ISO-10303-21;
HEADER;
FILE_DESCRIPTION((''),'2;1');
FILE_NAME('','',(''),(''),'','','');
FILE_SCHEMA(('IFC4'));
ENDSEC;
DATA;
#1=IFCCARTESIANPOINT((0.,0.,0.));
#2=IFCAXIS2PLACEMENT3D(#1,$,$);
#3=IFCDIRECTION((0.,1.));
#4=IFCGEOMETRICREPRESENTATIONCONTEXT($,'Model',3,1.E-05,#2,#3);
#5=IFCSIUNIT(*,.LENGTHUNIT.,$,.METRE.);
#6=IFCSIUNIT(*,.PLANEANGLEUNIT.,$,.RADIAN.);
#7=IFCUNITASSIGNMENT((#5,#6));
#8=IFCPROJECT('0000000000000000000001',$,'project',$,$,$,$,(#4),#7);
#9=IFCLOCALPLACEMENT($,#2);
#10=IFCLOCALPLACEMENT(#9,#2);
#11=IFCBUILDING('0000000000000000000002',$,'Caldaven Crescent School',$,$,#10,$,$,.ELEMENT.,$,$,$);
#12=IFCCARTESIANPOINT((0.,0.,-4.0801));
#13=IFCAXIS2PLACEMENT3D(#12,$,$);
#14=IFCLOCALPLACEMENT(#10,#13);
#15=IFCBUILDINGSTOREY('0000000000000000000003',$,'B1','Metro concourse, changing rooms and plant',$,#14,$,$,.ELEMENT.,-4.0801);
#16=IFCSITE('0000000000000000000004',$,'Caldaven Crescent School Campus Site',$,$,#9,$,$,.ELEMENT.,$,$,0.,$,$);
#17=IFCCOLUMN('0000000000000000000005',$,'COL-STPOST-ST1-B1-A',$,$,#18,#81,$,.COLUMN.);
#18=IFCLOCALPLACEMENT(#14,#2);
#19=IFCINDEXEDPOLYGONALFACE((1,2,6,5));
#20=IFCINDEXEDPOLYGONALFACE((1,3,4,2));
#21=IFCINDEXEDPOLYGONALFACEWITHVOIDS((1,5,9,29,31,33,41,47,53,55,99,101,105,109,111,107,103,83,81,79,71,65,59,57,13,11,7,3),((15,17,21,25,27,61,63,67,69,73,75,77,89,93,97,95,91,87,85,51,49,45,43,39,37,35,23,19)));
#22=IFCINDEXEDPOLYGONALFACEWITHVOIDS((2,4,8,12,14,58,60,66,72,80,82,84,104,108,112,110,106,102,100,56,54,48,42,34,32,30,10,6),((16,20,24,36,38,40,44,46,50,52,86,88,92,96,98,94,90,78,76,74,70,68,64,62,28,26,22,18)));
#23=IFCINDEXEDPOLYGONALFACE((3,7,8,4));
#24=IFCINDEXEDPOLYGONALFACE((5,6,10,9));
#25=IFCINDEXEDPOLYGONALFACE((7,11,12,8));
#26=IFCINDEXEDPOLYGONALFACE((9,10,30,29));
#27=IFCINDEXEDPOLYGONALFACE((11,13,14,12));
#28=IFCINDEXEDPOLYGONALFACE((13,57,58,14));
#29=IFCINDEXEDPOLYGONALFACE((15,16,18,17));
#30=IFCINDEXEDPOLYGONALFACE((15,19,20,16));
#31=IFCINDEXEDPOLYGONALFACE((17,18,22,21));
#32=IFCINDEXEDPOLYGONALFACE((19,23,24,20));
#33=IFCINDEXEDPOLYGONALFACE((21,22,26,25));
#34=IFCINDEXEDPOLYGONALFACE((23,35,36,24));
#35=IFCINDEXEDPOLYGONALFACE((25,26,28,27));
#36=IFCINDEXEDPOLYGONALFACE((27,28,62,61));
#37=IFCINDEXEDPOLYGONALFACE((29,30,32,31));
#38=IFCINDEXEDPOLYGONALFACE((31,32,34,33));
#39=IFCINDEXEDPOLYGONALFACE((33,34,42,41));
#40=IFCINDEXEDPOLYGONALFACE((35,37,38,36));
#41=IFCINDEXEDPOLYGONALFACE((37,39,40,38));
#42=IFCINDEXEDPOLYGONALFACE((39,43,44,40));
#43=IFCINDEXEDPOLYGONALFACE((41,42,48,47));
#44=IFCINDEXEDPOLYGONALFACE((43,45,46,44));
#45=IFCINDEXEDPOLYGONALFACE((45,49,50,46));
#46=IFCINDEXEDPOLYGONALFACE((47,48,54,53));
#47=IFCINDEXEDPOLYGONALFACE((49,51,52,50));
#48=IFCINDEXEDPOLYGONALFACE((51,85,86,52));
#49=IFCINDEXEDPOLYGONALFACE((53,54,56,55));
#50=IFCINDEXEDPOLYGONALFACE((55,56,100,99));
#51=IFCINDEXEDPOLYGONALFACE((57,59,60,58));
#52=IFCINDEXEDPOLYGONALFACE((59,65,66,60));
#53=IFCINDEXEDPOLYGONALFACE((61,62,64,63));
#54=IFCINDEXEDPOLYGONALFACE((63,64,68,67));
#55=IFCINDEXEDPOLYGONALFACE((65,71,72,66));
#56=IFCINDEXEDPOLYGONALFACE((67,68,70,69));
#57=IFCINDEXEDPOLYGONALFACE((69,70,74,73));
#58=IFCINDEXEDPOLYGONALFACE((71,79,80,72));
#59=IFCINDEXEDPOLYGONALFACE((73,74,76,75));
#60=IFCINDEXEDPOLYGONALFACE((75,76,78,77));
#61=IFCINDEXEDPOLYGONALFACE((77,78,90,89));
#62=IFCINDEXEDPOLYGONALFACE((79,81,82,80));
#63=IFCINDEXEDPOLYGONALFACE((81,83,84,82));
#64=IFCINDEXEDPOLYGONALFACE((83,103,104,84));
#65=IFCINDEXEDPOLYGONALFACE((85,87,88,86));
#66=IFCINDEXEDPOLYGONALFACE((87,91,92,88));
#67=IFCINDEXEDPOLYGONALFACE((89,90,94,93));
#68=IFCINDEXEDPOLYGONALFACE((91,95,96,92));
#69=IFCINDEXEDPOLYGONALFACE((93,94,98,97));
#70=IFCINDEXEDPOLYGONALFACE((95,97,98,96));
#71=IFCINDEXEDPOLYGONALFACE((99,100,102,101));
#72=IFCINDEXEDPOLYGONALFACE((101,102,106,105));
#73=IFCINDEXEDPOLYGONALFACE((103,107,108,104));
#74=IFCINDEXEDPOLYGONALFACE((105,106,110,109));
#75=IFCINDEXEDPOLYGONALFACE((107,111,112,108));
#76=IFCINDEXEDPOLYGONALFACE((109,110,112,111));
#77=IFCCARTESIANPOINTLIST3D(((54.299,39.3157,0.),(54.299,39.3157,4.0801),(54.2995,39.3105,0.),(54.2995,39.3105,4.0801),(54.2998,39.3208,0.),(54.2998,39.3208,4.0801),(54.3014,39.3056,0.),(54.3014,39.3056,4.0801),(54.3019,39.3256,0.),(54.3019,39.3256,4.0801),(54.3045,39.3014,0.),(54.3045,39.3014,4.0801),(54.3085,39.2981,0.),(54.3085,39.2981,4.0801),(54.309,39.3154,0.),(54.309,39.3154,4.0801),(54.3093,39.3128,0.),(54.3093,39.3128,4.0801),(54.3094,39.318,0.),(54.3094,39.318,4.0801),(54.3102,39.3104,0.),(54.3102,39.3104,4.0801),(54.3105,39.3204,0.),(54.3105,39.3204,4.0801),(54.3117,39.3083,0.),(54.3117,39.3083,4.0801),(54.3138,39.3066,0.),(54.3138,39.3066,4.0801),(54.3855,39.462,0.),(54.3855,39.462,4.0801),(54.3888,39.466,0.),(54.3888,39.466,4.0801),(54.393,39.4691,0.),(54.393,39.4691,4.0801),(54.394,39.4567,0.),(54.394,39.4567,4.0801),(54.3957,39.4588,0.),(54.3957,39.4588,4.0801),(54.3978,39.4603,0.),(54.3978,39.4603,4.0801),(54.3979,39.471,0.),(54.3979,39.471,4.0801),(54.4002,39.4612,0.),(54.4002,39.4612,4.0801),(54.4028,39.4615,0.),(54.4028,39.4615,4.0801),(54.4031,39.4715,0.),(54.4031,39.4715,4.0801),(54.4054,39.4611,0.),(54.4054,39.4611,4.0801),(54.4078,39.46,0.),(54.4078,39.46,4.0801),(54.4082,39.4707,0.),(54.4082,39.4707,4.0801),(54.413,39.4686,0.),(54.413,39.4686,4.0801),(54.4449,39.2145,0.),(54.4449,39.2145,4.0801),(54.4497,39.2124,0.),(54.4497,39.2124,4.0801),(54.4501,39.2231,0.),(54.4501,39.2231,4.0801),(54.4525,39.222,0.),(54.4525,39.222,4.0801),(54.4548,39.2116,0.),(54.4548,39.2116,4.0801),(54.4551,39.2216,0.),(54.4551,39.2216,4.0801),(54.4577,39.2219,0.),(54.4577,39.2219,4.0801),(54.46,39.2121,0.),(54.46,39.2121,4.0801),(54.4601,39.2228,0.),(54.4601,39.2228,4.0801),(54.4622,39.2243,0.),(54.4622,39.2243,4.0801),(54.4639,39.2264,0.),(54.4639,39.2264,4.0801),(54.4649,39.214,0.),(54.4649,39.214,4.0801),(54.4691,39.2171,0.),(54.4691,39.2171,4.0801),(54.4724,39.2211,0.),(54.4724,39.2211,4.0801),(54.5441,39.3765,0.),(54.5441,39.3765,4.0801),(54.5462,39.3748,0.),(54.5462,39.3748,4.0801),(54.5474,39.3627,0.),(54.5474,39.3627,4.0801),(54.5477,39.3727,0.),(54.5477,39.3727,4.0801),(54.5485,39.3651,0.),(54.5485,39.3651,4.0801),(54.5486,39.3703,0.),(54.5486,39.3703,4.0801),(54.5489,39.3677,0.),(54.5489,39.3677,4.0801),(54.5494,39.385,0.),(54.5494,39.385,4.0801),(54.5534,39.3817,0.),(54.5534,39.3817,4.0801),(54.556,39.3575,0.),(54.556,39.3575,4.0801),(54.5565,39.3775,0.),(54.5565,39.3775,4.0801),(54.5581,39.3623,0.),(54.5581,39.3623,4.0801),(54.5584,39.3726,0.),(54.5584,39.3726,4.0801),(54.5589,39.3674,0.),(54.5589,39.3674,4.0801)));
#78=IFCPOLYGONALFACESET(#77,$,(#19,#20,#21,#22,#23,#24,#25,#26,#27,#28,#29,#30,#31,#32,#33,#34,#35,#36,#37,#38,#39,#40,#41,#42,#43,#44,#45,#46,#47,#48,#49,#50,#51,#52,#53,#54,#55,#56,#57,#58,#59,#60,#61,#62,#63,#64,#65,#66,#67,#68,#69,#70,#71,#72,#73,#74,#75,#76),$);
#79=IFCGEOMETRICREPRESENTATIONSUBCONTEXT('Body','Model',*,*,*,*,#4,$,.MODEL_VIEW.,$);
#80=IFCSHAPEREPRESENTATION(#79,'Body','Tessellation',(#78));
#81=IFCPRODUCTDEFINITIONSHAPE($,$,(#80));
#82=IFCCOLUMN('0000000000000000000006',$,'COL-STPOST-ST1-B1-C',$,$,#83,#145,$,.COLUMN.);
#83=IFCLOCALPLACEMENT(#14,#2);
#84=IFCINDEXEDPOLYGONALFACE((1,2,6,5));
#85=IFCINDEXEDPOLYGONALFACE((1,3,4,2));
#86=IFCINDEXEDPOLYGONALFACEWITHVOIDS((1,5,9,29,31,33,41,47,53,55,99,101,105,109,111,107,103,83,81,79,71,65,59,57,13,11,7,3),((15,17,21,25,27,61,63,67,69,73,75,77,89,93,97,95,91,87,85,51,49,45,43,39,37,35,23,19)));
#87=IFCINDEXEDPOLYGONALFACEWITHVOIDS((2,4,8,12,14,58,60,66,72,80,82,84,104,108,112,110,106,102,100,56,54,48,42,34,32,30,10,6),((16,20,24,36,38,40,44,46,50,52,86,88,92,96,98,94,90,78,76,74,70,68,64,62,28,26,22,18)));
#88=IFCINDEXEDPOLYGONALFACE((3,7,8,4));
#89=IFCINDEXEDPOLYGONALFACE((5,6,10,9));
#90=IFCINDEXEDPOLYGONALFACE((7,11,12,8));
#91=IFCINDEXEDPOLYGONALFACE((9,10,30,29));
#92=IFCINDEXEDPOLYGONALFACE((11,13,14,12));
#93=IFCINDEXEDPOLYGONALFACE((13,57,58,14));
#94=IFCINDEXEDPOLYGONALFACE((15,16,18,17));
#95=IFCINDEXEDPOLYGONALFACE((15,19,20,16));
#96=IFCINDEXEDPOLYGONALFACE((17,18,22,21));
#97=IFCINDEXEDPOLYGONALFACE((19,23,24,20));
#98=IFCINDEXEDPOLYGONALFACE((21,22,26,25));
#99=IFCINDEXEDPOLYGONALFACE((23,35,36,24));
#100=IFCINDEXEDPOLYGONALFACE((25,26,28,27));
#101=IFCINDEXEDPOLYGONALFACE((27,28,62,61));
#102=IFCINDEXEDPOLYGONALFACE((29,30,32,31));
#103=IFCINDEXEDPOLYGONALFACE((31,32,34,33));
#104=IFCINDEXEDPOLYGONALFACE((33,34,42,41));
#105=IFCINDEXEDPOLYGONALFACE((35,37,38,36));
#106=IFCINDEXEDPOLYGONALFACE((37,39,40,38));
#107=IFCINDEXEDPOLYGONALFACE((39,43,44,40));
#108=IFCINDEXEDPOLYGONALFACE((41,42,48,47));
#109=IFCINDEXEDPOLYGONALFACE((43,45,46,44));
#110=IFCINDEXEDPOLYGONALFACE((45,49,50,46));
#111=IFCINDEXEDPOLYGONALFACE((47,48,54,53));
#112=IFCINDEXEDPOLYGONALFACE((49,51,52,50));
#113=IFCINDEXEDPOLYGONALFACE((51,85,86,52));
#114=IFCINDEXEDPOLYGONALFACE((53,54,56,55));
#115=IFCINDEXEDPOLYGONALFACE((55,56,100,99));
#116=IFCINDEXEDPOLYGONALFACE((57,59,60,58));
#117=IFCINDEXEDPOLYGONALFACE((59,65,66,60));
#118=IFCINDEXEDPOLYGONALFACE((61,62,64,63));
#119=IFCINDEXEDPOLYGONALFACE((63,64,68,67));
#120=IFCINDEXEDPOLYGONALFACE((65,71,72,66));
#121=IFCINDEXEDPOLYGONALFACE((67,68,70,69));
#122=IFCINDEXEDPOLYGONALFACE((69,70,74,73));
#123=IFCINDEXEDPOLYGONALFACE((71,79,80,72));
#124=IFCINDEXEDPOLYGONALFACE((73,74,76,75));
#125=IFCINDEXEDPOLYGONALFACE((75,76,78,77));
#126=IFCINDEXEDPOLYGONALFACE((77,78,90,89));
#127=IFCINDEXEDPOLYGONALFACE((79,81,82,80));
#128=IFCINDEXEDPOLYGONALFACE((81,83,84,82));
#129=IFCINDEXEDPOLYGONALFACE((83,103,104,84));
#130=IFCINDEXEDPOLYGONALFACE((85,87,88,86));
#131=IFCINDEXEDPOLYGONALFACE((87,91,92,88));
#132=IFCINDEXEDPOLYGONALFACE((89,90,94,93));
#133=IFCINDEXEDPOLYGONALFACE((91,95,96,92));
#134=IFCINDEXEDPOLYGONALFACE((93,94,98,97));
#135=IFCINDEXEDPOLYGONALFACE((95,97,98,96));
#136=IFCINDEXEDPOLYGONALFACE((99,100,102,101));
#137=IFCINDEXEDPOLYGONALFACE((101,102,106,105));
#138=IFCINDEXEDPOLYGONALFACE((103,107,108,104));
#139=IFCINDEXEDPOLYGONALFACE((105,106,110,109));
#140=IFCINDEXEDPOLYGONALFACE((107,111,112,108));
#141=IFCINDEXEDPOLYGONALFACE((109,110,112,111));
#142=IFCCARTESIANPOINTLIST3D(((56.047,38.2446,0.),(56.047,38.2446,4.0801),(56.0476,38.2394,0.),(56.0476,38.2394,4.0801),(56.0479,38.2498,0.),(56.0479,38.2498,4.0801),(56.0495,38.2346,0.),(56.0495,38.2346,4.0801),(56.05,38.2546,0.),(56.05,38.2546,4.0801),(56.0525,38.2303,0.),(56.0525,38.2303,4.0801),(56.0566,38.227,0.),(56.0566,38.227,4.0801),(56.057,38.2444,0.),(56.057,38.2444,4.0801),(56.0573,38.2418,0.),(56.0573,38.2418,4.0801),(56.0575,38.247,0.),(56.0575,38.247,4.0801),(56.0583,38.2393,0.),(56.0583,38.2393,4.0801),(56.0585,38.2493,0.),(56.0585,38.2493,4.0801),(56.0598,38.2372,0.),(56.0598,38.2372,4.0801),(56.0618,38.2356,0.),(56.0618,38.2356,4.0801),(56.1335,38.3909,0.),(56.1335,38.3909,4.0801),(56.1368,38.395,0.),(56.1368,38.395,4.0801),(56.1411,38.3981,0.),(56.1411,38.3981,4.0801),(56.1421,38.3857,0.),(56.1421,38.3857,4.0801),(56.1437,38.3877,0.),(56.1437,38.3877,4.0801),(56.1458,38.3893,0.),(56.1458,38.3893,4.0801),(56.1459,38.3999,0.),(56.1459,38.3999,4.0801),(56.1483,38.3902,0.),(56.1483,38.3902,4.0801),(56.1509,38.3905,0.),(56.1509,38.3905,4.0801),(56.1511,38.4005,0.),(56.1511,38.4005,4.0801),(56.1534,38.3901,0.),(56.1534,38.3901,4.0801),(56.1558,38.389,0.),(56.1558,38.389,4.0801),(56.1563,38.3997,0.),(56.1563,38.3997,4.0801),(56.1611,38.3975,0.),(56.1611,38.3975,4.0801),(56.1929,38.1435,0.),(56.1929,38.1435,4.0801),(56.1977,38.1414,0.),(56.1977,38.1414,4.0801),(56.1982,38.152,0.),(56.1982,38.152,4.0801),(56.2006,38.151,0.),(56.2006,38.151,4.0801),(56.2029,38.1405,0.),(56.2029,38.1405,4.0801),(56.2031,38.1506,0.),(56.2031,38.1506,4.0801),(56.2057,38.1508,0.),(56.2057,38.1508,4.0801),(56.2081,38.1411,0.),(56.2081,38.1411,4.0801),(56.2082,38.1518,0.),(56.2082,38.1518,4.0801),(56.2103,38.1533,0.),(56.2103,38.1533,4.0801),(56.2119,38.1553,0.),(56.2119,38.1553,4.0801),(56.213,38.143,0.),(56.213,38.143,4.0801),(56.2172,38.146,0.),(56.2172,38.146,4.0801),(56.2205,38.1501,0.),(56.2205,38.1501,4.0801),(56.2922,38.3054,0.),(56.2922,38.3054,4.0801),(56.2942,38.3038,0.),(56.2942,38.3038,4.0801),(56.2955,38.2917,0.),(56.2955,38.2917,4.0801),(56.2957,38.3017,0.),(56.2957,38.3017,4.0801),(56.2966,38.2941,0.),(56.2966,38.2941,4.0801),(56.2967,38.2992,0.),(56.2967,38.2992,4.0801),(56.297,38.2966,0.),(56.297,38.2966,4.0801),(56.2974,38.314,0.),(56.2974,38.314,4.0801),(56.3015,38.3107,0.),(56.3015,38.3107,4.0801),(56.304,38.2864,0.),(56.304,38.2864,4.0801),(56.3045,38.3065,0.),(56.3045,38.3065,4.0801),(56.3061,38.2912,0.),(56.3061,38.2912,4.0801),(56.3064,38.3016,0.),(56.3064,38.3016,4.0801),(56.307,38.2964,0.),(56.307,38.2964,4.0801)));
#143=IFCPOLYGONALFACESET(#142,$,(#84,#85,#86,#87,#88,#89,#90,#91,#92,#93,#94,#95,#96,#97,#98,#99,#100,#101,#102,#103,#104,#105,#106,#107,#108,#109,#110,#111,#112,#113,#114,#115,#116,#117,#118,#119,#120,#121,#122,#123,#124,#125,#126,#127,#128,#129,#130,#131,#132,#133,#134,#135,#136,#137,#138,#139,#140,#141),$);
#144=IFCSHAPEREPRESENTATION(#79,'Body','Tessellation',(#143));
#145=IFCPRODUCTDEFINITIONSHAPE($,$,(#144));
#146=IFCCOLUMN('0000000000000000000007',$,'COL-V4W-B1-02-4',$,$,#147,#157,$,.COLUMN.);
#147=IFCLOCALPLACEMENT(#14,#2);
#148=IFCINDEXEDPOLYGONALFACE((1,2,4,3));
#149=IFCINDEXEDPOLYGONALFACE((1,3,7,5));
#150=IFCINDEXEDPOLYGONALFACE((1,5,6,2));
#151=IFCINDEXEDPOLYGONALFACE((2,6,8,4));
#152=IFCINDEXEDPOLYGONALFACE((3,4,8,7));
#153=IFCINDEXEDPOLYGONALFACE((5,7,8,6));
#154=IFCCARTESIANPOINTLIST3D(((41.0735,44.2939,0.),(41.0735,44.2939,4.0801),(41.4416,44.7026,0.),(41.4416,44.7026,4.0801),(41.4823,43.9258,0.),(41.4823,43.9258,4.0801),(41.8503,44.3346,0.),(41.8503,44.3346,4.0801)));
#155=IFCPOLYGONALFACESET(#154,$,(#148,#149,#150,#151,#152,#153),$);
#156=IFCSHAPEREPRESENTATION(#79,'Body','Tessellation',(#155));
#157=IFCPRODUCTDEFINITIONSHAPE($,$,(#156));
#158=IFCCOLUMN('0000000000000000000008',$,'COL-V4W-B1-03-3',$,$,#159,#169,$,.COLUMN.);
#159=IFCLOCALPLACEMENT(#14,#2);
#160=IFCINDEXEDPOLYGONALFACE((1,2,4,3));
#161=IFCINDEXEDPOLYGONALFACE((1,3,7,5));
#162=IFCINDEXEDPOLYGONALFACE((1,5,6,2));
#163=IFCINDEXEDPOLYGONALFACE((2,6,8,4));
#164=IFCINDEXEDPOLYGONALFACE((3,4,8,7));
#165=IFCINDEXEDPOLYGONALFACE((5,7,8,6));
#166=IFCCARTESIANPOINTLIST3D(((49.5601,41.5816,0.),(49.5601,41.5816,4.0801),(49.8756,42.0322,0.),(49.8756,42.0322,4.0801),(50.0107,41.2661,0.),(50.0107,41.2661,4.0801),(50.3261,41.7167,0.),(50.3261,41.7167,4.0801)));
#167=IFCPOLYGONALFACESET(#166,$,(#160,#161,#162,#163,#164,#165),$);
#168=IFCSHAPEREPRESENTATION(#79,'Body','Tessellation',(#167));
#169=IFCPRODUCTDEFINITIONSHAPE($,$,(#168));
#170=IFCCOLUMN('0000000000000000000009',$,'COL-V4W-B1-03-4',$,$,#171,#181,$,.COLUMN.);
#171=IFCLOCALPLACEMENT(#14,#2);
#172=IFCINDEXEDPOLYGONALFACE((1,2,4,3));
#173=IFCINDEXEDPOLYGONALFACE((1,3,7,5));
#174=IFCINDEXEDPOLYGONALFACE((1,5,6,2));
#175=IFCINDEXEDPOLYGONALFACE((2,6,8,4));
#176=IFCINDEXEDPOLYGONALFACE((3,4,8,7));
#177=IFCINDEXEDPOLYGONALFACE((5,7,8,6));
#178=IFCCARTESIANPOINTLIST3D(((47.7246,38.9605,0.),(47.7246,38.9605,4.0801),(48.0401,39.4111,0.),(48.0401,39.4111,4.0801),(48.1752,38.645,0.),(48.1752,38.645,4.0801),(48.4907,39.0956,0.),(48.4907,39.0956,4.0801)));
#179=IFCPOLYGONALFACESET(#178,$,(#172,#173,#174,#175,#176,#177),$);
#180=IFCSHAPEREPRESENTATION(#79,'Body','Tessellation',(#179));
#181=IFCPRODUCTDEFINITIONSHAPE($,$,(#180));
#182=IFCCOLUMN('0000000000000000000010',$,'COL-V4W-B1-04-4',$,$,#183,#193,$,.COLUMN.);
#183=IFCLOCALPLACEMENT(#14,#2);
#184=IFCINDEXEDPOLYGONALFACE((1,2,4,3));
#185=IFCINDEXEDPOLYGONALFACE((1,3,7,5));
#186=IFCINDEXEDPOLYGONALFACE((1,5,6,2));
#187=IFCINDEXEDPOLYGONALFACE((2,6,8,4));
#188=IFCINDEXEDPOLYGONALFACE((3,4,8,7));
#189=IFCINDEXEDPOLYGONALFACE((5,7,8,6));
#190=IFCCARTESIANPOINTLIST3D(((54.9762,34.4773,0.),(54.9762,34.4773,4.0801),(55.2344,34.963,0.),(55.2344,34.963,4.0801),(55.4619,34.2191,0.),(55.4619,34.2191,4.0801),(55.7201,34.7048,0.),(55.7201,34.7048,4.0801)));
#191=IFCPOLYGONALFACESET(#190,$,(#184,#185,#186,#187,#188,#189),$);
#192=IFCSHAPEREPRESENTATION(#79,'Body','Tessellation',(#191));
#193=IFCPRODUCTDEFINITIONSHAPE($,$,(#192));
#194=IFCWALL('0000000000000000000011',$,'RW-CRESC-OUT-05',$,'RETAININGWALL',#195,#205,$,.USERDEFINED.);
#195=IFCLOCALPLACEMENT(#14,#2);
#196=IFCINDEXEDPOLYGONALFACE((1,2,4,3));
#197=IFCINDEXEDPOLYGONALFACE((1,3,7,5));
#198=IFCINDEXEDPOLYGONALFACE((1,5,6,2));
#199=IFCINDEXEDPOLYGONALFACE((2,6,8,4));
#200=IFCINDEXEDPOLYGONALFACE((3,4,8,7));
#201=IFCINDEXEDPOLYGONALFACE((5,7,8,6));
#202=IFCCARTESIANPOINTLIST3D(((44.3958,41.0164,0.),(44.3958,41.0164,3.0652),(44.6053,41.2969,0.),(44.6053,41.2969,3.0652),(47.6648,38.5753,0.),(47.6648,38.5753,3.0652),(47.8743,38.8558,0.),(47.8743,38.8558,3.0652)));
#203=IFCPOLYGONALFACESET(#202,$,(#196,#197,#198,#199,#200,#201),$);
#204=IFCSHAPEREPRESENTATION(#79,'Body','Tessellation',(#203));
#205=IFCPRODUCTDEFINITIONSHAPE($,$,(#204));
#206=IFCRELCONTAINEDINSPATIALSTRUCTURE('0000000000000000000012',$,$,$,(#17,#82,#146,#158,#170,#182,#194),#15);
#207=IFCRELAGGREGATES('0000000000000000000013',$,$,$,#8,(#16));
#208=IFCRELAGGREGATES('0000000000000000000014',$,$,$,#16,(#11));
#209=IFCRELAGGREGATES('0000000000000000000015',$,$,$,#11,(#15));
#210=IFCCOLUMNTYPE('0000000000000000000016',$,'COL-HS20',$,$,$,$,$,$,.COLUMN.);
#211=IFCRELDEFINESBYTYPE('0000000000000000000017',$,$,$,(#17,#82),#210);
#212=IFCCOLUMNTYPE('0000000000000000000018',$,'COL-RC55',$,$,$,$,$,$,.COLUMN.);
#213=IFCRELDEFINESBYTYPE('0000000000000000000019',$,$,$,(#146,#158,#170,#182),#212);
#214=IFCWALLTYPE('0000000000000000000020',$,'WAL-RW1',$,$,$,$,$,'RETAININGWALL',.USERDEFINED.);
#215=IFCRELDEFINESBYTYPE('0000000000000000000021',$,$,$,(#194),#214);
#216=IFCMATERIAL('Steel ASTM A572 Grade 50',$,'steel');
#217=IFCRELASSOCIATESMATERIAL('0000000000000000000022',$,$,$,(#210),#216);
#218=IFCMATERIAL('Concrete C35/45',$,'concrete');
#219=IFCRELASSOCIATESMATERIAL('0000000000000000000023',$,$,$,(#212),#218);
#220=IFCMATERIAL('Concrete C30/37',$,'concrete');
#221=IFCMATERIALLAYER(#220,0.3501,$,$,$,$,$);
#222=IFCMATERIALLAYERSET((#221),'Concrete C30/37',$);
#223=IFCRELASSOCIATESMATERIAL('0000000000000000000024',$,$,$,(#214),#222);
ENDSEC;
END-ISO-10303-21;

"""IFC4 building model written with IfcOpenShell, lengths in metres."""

from ifc_helpers import new_model, si_unit, direction, frame, frame_2d, origin, origin_2d, place, context, subcontext, project, spatial, rectangle, hollow_rectangle, extrude, material, layer, layer_set, material_profile, profile_set, type_object, element, save


model = new_model("IFC4")

# Units and contexts
model_context = context("Model", 3, precision=1e-05, world=origin(), true_north=direction((0.0, 1.0)))
body_context = subcontext(model_context, "Body", "Model", "MODEL_VIEW")
ifc_project = project(units=[si_unit("LENGTHUNIT", "METRE"), si_unit("PLANEANGLEUNIT", "RADIAN")], contexts=[model_context])

# Site, building, storey
site_placement = place(None, origin())
site = spatial("IfcSite", under=ifc_project, at=site_placement, Name="Caldaven Crescent School Campus Site", CompositionType="ELEMENT", RefElevation=0.0)
building_placement = place(site_placement, origin())
building = spatial("IfcBuilding", under=site, at=building_placement, Name="Caldaven Crescent School", CompositionType="ELEMENT")
storey_placement = place(building_placement, frame((0.0, 0.0, -4.0801)))
storey = spatial("IfcBuildingStorey", under=building, at=storey_placement, Name="B1", Description="Metro concourse, changing rooms and plant", CompositionType="ELEMENT", Elevation=-4.0801)

# Shared definitions
ifc_material_1 = material(Name="Concrete C30/37", Category="concrete")
ifc_material_2 = material(Name="Concrete C35/45", Category="concrete")

# Columns
ifc_material_3 = material(Name="Steel ASTM A572 Grade 50", Category="steel")
ifc_material_profile_1 = material_profile(ifc_material_3, hollow_rectangle(XDim=0.2, YDim=0.2, WallThickness=0.01, InnerFilletRadius=0.01, OuterFilletRadius=0.02, at=origin_2d()), Name="HSS 200x200x10")
ifc_profile_set_1 = profile_set([ifc_material_profile_1], Name="Steel ASTM A572 Grade 50")
column_type_1 = type_object("IfcColumnType", Name="COL-HS20", PredefinedType="COLUMN", material=ifc_profile_set_1)
for number, where, z_axis, x_axis, name in (
    (1, (54.429, 39.3416, 0.0), (0.0, 0.0, 1.0), (0.85264, -0.522499, 0.0), "COL-STPOST-ST1-B1-A"),
    (2, (56.177, 38.2705, 0.0), (0.0, 0.0, 1.0), (0.85264, -0.522499, 0.0), "COL-STPOST-ST1-B1-C"),
):
    element("IfcColumn", number, at=place(storey_placement, frame(where, z_axis=z_axis, x_axis=x_axis)), inside=storey, type_object=column_type_1, Name=name, PredefinedType="COLUMN", context=body_context, shape_type="SweptSolid", body=[
        extrude(hollow_rectangle(XDim=0.2, YDim=0.2, WallThickness=0.01, InnerFilletRadius=0.01, OuterFilletRadius=0.02, at=origin_2d()), origin(), (0.0, 0.0, 1.0), 4.0801),
    ])
ifc_material_profile_2 = material_profile(ifc_material_2, rectangle(XDim=0.55, YDim=0.55, at=origin_2d()), Name="RC 550x550")
ifc_profile_set_2 = profile_set([ifc_material_profile_2], Name="Concrete C35/45")
column_type_2 = type_object("IfcColumnType", Name="COL-RC55", PredefinedType="COLUMN", material=ifc_profile_set_2)
for number, where, z_axis, x_axis, name in (
    (3, (41.4619, 44.3142, 0.0), (0.0, 0.0, 1.0), (-0.669131, -0.743145, 0.0), "COL-V4W-B1-02-4"),
    (4, (49.9431, 41.6492, 0.0), (0.0, 0.0, 1.0), (-0.573576, -0.819152, 0.0), "COL-V4W-B1-03-3"),
    (5, (48.1077, 39.0281, 0.0), (0.0, 0.0, 1.0), (-0.573576, -0.819152, 0.0), "COL-V4W-B1-03-4"),
    (6, (55.3481, 34.5911, 0.0), (0.0, 0.0, 1.0), (-0.469472, -0.882948, 0.0), "COL-V4W-B1-04-4"),
):
    element("IfcColumn", number, at=place(storey_placement, frame(where, z_axis=z_axis, x_axis=x_axis)), inside=storey, type_object=column_type_2, Name=name, PredefinedType="COLUMN", context=body_context, shape_type="SweptSolid", body=[
        extrude(rectangle(XDim=0.55, YDim=0.55, at=origin_2d()), origin(), (0.0, 0.0, 1.0), 4.0801),
    ])

# Wall
ifc_layer = layer(ifc_material_1, 0.3501)
ifc_layer_set = layer_set([ifc_layer], Name="Concrete C30/37")
wall_type = type_object("IfcWallType", Name="WAL-RW1", ElementType="RETAININGWALL", PredefinedType="USERDEFINED", material=ifc_layer_set)
wall_placement = place(storey_placement, frame((44.5005, 41.1567, 0.0), z_axis=(0.0, 0.0, 1.0), x_axis=(0.801248, -0.598333, 0.0)))
element("IfcWall", 7, at=wall_placement, inside=storey, type_object=wall_type, Name="RW-CRESC-OUT-05", ObjectType="RETAININGWALL", PredefinedType="USERDEFINED", context=body_context, shape_type="SweptSolid", body=[
    extrude(rectangle(XDim=4.0798, YDim=0.3501, at=frame_2d((2.04, 0.0))), origin(), (0.0, 0.0, 1.0), 3.0652),
])

save(model, "model.ifc")
